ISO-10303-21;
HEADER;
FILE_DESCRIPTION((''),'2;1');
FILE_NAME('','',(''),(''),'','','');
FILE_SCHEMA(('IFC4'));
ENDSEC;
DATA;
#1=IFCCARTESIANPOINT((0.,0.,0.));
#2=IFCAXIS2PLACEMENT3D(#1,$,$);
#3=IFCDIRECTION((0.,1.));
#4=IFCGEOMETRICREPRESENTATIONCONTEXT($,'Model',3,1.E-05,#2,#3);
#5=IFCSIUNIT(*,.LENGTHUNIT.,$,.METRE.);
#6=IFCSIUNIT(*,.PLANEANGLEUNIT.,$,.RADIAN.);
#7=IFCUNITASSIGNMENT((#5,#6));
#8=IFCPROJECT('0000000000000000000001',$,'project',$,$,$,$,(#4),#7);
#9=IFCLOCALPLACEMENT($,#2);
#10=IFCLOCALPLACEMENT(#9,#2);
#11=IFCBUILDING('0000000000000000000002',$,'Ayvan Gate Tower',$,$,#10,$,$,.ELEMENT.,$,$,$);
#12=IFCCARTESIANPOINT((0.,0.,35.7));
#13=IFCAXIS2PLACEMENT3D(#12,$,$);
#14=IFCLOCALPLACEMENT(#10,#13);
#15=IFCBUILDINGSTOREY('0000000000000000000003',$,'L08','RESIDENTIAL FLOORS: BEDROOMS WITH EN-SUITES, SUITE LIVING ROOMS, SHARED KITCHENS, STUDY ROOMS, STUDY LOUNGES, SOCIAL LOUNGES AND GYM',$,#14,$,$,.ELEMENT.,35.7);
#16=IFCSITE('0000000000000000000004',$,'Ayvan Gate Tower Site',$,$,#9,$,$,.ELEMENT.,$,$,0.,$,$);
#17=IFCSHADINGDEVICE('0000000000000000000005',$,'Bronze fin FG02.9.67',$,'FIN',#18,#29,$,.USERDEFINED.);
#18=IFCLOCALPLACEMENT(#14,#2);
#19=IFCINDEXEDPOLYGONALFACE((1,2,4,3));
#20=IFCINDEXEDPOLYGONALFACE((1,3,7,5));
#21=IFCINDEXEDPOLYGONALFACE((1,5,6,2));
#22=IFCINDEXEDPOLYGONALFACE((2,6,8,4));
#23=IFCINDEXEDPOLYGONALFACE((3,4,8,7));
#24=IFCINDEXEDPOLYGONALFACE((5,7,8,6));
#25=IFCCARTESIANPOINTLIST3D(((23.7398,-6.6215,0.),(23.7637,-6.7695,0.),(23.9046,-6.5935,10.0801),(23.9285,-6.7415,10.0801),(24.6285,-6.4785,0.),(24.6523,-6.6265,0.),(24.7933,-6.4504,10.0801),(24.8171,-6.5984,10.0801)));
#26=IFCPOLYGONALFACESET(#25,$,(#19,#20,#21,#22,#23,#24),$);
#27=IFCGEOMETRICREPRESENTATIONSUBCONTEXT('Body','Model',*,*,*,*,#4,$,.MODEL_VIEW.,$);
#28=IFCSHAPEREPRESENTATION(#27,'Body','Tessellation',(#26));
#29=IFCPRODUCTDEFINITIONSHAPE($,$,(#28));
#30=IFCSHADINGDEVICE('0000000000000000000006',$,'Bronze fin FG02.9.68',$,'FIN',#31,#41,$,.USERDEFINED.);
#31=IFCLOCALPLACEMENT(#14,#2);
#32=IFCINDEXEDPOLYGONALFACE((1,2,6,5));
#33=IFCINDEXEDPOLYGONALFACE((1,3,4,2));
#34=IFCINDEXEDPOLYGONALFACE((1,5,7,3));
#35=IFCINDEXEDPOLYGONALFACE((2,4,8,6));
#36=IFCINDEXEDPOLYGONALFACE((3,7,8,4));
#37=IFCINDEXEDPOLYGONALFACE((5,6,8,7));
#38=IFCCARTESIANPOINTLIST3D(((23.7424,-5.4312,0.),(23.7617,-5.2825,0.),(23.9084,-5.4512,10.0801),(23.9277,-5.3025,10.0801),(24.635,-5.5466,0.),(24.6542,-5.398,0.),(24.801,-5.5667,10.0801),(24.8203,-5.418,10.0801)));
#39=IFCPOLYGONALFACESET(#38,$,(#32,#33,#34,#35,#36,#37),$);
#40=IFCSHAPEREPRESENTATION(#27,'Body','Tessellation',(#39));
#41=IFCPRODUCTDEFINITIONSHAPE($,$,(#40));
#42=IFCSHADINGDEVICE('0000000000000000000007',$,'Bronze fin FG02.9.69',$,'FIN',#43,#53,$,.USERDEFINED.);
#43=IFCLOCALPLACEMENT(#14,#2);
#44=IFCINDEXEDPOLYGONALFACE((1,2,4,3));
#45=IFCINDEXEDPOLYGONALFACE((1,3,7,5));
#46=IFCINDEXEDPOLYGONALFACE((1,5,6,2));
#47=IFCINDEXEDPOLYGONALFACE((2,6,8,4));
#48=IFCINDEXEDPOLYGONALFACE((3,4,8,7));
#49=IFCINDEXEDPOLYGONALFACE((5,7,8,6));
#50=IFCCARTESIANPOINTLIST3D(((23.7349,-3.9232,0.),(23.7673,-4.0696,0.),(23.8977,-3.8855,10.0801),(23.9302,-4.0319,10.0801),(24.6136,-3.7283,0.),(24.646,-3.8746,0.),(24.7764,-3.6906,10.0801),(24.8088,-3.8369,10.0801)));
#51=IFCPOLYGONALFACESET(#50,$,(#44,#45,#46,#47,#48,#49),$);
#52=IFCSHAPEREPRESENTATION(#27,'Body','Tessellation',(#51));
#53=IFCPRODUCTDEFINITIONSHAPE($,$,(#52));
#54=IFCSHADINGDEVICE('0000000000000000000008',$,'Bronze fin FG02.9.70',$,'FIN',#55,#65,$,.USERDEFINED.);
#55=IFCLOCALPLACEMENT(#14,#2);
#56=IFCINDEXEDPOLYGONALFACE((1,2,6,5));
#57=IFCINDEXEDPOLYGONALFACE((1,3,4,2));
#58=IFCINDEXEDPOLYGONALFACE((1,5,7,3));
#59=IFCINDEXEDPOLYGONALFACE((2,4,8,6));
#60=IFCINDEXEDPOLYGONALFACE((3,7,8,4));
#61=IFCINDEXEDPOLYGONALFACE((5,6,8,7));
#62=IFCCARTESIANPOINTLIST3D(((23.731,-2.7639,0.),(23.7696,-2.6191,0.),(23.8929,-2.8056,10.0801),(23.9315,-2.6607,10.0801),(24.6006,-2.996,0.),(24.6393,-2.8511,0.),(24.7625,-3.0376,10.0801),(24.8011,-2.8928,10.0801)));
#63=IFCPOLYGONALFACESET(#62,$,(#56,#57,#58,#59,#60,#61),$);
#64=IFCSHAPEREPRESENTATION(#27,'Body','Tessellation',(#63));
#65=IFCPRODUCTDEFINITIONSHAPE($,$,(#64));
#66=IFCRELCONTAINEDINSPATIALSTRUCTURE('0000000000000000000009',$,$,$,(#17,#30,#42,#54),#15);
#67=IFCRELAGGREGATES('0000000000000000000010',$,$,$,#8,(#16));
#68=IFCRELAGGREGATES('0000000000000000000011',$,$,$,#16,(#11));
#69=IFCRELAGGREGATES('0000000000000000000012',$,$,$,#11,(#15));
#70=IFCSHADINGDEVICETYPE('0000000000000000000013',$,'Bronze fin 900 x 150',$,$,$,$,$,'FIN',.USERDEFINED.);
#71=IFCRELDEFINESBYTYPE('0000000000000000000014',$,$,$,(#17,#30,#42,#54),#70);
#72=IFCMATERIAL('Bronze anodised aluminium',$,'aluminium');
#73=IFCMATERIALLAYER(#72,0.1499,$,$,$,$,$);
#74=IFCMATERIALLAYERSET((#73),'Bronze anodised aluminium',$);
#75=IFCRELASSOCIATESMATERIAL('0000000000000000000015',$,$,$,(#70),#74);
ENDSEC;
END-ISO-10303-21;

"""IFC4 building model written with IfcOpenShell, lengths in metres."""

from ifc_helpers import new_model, si_unit, direction, frame, origin, place, context, subcontext, project, spatial, polyline, outline, extrude, material, layer, layer_set, type_object, element, save


model = new_model("IFC4")

# Units and contexts
model_context = context("Model", 3, precision=1e-05, world=origin(), true_north=direction((0.0, 1.0)))
body_context = subcontext(model_context, "Body", "Model", "MODEL_VIEW")
ifc_project = project(units=[si_unit("LENGTHUNIT", "METRE"), si_unit("PLANEANGLEUNIT", "RADIAN")], contexts=[model_context])

# Site, building, storey
site_placement = place(None, origin())
site = spatial("IfcSite", under=ifc_project, at=site_placement, Name="Ayvan Gate Tower Site", CompositionType="ELEMENT", RefElevation=0.0)
building_placement = place(site_placement, origin())
building = spatial("IfcBuilding", under=site, at=building_placement, Name="Ayvan Gate Tower", CompositionType="ELEMENT")
storey_placement = place(building_placement, frame((0.0, 0.0, 35.7)))
storey = spatial("IfcBuildingStorey", under=building, at=storey_placement, Name="L08", Description="RESIDENTIAL FLOORS: BEDROOMS WITH EN-SUITES, SUITE LIVING ROOMS, SHARED KITCHENS, STUDY ROOMS, STUDY LOUNGES, SOCIAL LOUNGES AND GYM", CompositionType="ELEMENT", Elevation=35.7)

# Shared definitions
ifc_material_1 = material(Name="Bronze anodised aluminium", Category="aluminium")

# Shading devices
ifc_layer_1 = layer(ifc_material_1, 0.1499)
ifc_layer_set_1 = layer_set([ifc_layer_1], Name="Bronze anodised aluminium")
shading_device_type = type_object("IfcShadingDeviceType", Name="Bronze fin 900 x 150", ElementType="FIN", PredefinedType="USERDEFINED", material=ifc_layer_set_1)
shading_device_1_placement = place(storey_placement, frame((23.7637, -6.7695, 0.0), z_axis=(0.158942, -0.987288, 0.000151), x_axis=(0.987288, 0.158942, 0.0)))
element("IfcShadingDevice", 1, at=shading_device_1_placement, inside=storey, type_object=shading_device_type, Name="Bronze fin FG02.9.67", ObjectType="FIN", PredefinedType="USERDEFINED", context=body_context, shape_type="SweptSolid", body=[
    extrude(outline(polyline([(0.0, 0.0), (0.9001, 0.0), (1.0673, 10.0801), (0.1672, 10.0801), (0.0, 0.0)])), origin(), (0.0, 0.0, -1.0), 0.1499),
])
shading_device_2_placement = place(storey_placement, frame((23.7424, -5.4312, 0.0), z_axis=(-0.128307, -0.991734, 0.000144), x_axis=(0.991734, -0.128307, 0.0)))
element("IfcShadingDevice", 2, at=shading_device_2_placement, inside=storey, type_object=shading_device_type, Name="Bronze fin FG02.9.68", ObjectType="FIN", PredefinedType="USERDEFINED", context=body_context, shape_type="SweptSolid", body=[
    extrude(outline(polyline([(0.0, 0.0), (0.9, 0.0), (1.0672, 10.0801), (0.1672, 10.0801), (0.0, 0.0)])), origin(), (0.0, 0.0, -1.0), 0.1499),
])
shading_device_3_placement = place(storey_placement, frame((23.7673, -4.0696, 0.0), z_axis=(0.2166, -0.97626, 0.000154), x_axis=(0.97626, 0.2166, 0.0)))
element("IfcShadingDevice", 3, at=shading_device_3_placement, inside=storey, type_object=shading_device_type, Name="Bronze fin FG02.9.69", ObjectType="FIN", PredefinedType="USERDEFINED", context=body_context, shape_type="SweptSolid", body=[
    extrude(outline(polyline([(0.0, 0.0), (0.9001, 0.0), (1.0672, 10.0801), (0.1672, 10.0801), (0.0, 0.0)])), origin(), (0.0, 0.0, -1.0), 0.1499),
])
shading_device_4_placement = place(storey_placement, frame((23.731, -2.7639, 0.0), z_axis=(-0.257823, -0.966192, 0.00015), x_axis=(0.966192, -0.257823, 0.0)))
element("IfcShadingDevice", 4, at=shading_device_4_placement, inside=storey, type_object=shading_device_type, Name="Bronze fin FG02.9.70", ObjectType="FIN", PredefinedType="USERDEFINED", context=body_context, shape_type="SweptSolid", body=[
    extrude(outline(polyline([(0.0, 0.0), (0.9001, 0.0), (1.0672, 10.0801), (0.1672, 10.0801), (0.0, 0.0)])), origin(), (0.0, 0.0, -1.0), 0.1499),
])

save(model, "model.ifc")
